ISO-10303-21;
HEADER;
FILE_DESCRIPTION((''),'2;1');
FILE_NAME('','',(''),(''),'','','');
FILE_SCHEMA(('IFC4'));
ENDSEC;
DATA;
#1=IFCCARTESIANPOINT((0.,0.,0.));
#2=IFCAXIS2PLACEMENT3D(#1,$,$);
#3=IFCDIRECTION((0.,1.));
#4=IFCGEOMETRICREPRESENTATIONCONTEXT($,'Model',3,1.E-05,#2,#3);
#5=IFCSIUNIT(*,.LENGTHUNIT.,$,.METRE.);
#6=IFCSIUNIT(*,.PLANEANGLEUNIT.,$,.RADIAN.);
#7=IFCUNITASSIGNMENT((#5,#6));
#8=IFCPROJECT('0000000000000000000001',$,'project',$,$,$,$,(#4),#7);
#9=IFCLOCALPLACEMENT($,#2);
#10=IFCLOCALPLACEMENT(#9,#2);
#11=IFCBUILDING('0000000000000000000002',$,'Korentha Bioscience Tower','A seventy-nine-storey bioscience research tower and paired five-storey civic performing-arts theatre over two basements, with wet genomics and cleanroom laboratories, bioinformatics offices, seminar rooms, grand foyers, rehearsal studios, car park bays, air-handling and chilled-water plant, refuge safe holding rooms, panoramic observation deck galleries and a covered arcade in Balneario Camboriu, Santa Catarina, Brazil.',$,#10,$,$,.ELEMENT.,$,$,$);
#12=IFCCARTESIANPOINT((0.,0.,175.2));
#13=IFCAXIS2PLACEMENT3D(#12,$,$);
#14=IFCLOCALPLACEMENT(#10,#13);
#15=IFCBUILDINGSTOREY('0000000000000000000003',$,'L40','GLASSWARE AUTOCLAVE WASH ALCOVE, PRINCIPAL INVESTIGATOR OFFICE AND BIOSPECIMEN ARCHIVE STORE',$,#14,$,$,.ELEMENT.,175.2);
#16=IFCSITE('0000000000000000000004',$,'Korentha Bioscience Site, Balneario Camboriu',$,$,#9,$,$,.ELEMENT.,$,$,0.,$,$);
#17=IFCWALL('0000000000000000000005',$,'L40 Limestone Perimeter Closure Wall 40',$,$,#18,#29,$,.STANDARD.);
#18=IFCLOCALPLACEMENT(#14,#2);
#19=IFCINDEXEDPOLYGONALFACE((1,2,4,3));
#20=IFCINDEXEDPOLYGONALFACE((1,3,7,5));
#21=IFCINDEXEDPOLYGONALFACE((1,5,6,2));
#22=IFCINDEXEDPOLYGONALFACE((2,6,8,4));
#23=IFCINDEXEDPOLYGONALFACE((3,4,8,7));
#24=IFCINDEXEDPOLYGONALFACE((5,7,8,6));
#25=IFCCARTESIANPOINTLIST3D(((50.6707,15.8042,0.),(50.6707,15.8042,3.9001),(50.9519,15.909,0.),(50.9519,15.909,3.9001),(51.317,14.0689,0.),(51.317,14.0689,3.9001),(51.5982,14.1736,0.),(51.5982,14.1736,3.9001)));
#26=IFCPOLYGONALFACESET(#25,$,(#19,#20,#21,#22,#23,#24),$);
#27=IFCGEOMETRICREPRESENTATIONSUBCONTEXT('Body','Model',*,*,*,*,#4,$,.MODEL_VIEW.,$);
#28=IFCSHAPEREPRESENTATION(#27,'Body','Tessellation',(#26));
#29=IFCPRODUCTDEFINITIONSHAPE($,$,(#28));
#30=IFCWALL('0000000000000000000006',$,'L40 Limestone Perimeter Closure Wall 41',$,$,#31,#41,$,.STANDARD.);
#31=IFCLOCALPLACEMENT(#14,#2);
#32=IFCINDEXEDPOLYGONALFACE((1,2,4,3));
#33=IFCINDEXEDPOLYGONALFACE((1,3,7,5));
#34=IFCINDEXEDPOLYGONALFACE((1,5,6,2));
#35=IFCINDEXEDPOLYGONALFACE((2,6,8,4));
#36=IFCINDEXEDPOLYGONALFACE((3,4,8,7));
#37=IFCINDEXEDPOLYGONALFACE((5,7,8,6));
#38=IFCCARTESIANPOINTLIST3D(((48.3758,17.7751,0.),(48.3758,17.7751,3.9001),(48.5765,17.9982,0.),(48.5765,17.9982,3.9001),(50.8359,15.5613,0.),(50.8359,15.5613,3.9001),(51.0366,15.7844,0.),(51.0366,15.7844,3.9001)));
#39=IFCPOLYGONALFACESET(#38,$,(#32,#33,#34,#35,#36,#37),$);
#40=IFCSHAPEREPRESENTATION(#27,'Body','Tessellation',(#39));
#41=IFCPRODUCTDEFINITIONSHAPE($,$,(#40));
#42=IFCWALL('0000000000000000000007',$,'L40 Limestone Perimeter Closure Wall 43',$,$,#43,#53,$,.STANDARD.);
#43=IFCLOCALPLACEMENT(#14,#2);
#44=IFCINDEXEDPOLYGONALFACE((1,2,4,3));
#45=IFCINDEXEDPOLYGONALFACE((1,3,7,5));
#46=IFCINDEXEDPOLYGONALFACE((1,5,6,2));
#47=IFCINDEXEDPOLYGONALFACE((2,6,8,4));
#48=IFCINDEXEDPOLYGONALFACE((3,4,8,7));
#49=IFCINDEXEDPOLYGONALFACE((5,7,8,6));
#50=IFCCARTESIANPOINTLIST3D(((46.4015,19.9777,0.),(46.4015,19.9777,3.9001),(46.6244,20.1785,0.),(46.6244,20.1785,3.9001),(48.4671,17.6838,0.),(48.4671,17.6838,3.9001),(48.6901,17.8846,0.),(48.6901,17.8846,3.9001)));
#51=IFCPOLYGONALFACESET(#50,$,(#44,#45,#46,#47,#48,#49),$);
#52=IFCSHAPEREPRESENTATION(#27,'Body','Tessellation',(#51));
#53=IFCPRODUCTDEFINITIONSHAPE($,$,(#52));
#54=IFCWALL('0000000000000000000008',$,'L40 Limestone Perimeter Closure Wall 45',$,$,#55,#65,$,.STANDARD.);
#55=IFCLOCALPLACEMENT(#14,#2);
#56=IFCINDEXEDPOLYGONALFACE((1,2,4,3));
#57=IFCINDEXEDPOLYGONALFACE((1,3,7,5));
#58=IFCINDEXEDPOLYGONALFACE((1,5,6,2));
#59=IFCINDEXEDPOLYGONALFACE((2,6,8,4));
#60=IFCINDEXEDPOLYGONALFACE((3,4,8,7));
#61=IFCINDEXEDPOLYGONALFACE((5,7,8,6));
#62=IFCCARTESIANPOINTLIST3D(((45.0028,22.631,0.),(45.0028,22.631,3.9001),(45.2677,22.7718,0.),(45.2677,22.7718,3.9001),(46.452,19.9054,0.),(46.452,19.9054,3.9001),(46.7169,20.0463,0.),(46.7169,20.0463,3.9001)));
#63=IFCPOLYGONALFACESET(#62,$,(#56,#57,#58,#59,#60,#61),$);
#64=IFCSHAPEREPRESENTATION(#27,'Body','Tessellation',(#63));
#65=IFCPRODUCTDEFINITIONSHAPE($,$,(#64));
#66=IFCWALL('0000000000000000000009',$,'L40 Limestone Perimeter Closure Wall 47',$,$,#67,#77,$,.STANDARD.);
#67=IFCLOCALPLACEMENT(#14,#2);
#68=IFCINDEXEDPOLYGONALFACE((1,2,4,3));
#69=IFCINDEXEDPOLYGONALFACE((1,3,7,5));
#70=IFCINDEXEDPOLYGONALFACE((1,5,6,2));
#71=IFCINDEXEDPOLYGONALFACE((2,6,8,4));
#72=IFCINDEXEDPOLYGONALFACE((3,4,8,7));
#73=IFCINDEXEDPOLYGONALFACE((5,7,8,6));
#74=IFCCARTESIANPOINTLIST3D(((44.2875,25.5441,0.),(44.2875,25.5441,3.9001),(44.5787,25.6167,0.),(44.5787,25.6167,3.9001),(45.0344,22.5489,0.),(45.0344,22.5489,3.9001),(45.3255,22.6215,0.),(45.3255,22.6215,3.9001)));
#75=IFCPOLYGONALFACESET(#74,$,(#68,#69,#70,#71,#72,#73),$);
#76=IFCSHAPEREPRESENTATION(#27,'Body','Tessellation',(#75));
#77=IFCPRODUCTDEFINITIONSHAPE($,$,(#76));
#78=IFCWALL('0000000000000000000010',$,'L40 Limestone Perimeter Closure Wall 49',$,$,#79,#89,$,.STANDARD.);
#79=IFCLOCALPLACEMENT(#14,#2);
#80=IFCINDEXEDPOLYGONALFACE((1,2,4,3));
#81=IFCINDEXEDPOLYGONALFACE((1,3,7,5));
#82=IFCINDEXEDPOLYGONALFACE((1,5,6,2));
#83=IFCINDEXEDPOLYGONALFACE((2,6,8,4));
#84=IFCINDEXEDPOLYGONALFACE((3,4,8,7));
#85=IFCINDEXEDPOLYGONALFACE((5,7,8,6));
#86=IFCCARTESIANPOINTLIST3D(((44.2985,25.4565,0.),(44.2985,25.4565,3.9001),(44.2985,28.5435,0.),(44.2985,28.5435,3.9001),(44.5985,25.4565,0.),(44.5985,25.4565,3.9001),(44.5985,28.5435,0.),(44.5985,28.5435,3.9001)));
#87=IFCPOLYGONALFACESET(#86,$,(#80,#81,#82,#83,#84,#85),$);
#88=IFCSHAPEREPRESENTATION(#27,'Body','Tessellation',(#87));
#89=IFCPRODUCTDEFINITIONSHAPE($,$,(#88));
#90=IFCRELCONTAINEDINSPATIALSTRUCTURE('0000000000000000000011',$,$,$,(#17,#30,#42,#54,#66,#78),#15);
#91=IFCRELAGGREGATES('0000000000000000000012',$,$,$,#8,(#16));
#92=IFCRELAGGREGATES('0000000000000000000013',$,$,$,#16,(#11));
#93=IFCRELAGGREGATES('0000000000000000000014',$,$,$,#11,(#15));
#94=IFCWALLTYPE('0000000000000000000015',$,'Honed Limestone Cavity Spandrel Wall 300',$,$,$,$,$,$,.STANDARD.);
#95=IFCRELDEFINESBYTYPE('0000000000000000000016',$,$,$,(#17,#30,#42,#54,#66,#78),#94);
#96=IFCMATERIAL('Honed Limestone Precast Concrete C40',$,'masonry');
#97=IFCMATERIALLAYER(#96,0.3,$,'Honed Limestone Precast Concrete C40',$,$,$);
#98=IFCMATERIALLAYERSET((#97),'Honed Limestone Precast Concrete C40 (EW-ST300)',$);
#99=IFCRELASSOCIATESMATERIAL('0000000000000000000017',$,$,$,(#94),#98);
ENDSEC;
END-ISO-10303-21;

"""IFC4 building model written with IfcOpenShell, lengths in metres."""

from ifc_helpers import new_model, si_unit, direction, frame, frame_2d, origin, place, context, subcontext, project, spatial, rectangle, extrude, material, layer, layer_set, type_object, element, save


model = new_model("IFC4")

# Units and contexts
model_context = context("Model", 3, precision=1e-05, world=origin(), true_north=direction((0.0, 1.0)))
body_context = subcontext(model_context, "Body", "Model", "MODEL_VIEW")
ifc_project = project(units=[si_unit("LENGTHUNIT", "METRE"), si_unit("PLANEANGLEUNIT", "RADIAN")], contexts=[model_context])

# Site, building, storey
site_placement = place(None, origin())
site = spatial("IfcSite", under=ifc_project, at=site_placement, Name="Korentha Bioscience Site, Balneario Camboriu", CompositionType="ELEMENT", RefElevation=0.0)
building_placement = place(site_placement, origin())
building = spatial("IfcBuilding", under=site, at=building_placement, Name="Korentha Bioscience Tower", Description="A seventy-nine-storey bioscience research tower and paired five-storey civic performing-arts theatre over two basements, with wet genomics and cleanroom laboratories, bioinformatics offices, seminar rooms, grand foyers, rehearsal studios, car park bays, air-handling and chilled-water plant, refuge safe holding rooms, panoramic observation deck galleries and a covered arcade in Balneario Camboriu, Santa Catarina, Brazil.", CompositionType="ELEMENT")
storey_placement = place(building_placement, frame((0.0, 0.0, 175.2)))
storey = spatial("IfcBuildingStorey", under=building, at=storey_placement, Name="L40", Description="GLASSWARE AUTOCLAVE WASH ALCOVE, PRINCIPAL INVESTIGATOR OFFICE AND BIOSPECIMEN ARCHIVE STORE", CompositionType="ELEMENT", Elevation=175.2)

# Walls
ifc_material_1 = material(Name="Honed Limestone Precast Concrete C40", Category="masonry")
ifc_layer_1 = layer(ifc_material_1, 0.3, Name="Honed Limestone Precast Concrete C40")
ifc_layer_set_1 = layer_set([ifc_layer_1], Name="Honed Limestone Precast Concrete C40 (EW-ST300)")
wall_type_1 = type_object("IfcWallType", Name="Honed Limestone Cavity Spandrel Wall 300", PredefinedType="STANDARD", material=ifc_layer_set_1)
wall_1_placement = place(storey_placement, frame((51.4575, 14.1213, 0.0), z_axis=(0.0, 0.0, 1.0), x_axis=(-0.348984, 0.937129, 0.0)))
element("IfcWall", 1, at=wall_1_placement, inside=storey, type_object=wall_type_1, Name="L40 Limestone Perimeter Closure Wall 40", PredefinedType="STANDARD", context=body_context, shape_type="SweptSolid", body=[
    extrude(rectangle(XDim=1.8518, YDim=0.3, at=frame_2d((0.9258, 0.0))), origin(), (0.0, 0.0, 1.0), 3.9001),
])
wall_2_placement = place(storey_placement, frame((50.9363, 15.6729, 0.0), z_axis=(0.0, 0.0, 1.0), x_axis=(-0.743342, 0.668912, 0.0)))
element("IfcWall", 2, at=wall_2_placement, inside=storey, type_object=wall_type_1, Name="L40 Limestone Perimeter Closure Wall 41", PredefinedType="STANDARD", context=body_context, shape_type="SweptSolid", body=[
    extrude(rectangle(XDim=3.3096, YDim=0.3, at=frame_2d((1.6548, 0.0))), origin(), (0.0, 0.0, 1.0), 3.9001),
])
for number, where, z_axis, x_axis, name in (
    (3, (48.5786, 17.7842, 0.0), (0.0, 0.0, 1.0), (-0.669166, 0.743113, 0.0), "L40 Limestone Perimeter Closure Wall 43"),
    (4, (46.5845, 19.9758, 0.0), (0.0, 0.0, 1.0), (-0.469471, 0.882948, 0.0), "L40 Limestone Perimeter Closure Wall 45"),
    (5, (45.1799, 22.5852, 0.0), (0.0, 0.0, 1.0), (-0.24194, 0.970291, 0.0), "L40 Limestone Perimeter Closure Wall 47"),
    (6, (44.4485, 25.4565, 0.0), (0.0, 0.0, 1.0), (0.0, 1.0, 0.0), "L40 Limestone Perimeter Closure Wall 49"),
):
    element("IfcWall", number, at=place(storey_placement, frame(where, z_axis=z_axis, x_axis=x_axis)), inside=storey, type_object=wall_type_1, Name=name, PredefinedType="STANDARD", context=body_context, shape_type="SweptSolid", body=[
        extrude(rectangle(XDim=3.0869, YDim=0.3, at=frame_2d((1.5435, 0.0))), origin(), (0.0, 0.0, 1.0), 3.9001),
    ])

save(model, "model.ifc")
